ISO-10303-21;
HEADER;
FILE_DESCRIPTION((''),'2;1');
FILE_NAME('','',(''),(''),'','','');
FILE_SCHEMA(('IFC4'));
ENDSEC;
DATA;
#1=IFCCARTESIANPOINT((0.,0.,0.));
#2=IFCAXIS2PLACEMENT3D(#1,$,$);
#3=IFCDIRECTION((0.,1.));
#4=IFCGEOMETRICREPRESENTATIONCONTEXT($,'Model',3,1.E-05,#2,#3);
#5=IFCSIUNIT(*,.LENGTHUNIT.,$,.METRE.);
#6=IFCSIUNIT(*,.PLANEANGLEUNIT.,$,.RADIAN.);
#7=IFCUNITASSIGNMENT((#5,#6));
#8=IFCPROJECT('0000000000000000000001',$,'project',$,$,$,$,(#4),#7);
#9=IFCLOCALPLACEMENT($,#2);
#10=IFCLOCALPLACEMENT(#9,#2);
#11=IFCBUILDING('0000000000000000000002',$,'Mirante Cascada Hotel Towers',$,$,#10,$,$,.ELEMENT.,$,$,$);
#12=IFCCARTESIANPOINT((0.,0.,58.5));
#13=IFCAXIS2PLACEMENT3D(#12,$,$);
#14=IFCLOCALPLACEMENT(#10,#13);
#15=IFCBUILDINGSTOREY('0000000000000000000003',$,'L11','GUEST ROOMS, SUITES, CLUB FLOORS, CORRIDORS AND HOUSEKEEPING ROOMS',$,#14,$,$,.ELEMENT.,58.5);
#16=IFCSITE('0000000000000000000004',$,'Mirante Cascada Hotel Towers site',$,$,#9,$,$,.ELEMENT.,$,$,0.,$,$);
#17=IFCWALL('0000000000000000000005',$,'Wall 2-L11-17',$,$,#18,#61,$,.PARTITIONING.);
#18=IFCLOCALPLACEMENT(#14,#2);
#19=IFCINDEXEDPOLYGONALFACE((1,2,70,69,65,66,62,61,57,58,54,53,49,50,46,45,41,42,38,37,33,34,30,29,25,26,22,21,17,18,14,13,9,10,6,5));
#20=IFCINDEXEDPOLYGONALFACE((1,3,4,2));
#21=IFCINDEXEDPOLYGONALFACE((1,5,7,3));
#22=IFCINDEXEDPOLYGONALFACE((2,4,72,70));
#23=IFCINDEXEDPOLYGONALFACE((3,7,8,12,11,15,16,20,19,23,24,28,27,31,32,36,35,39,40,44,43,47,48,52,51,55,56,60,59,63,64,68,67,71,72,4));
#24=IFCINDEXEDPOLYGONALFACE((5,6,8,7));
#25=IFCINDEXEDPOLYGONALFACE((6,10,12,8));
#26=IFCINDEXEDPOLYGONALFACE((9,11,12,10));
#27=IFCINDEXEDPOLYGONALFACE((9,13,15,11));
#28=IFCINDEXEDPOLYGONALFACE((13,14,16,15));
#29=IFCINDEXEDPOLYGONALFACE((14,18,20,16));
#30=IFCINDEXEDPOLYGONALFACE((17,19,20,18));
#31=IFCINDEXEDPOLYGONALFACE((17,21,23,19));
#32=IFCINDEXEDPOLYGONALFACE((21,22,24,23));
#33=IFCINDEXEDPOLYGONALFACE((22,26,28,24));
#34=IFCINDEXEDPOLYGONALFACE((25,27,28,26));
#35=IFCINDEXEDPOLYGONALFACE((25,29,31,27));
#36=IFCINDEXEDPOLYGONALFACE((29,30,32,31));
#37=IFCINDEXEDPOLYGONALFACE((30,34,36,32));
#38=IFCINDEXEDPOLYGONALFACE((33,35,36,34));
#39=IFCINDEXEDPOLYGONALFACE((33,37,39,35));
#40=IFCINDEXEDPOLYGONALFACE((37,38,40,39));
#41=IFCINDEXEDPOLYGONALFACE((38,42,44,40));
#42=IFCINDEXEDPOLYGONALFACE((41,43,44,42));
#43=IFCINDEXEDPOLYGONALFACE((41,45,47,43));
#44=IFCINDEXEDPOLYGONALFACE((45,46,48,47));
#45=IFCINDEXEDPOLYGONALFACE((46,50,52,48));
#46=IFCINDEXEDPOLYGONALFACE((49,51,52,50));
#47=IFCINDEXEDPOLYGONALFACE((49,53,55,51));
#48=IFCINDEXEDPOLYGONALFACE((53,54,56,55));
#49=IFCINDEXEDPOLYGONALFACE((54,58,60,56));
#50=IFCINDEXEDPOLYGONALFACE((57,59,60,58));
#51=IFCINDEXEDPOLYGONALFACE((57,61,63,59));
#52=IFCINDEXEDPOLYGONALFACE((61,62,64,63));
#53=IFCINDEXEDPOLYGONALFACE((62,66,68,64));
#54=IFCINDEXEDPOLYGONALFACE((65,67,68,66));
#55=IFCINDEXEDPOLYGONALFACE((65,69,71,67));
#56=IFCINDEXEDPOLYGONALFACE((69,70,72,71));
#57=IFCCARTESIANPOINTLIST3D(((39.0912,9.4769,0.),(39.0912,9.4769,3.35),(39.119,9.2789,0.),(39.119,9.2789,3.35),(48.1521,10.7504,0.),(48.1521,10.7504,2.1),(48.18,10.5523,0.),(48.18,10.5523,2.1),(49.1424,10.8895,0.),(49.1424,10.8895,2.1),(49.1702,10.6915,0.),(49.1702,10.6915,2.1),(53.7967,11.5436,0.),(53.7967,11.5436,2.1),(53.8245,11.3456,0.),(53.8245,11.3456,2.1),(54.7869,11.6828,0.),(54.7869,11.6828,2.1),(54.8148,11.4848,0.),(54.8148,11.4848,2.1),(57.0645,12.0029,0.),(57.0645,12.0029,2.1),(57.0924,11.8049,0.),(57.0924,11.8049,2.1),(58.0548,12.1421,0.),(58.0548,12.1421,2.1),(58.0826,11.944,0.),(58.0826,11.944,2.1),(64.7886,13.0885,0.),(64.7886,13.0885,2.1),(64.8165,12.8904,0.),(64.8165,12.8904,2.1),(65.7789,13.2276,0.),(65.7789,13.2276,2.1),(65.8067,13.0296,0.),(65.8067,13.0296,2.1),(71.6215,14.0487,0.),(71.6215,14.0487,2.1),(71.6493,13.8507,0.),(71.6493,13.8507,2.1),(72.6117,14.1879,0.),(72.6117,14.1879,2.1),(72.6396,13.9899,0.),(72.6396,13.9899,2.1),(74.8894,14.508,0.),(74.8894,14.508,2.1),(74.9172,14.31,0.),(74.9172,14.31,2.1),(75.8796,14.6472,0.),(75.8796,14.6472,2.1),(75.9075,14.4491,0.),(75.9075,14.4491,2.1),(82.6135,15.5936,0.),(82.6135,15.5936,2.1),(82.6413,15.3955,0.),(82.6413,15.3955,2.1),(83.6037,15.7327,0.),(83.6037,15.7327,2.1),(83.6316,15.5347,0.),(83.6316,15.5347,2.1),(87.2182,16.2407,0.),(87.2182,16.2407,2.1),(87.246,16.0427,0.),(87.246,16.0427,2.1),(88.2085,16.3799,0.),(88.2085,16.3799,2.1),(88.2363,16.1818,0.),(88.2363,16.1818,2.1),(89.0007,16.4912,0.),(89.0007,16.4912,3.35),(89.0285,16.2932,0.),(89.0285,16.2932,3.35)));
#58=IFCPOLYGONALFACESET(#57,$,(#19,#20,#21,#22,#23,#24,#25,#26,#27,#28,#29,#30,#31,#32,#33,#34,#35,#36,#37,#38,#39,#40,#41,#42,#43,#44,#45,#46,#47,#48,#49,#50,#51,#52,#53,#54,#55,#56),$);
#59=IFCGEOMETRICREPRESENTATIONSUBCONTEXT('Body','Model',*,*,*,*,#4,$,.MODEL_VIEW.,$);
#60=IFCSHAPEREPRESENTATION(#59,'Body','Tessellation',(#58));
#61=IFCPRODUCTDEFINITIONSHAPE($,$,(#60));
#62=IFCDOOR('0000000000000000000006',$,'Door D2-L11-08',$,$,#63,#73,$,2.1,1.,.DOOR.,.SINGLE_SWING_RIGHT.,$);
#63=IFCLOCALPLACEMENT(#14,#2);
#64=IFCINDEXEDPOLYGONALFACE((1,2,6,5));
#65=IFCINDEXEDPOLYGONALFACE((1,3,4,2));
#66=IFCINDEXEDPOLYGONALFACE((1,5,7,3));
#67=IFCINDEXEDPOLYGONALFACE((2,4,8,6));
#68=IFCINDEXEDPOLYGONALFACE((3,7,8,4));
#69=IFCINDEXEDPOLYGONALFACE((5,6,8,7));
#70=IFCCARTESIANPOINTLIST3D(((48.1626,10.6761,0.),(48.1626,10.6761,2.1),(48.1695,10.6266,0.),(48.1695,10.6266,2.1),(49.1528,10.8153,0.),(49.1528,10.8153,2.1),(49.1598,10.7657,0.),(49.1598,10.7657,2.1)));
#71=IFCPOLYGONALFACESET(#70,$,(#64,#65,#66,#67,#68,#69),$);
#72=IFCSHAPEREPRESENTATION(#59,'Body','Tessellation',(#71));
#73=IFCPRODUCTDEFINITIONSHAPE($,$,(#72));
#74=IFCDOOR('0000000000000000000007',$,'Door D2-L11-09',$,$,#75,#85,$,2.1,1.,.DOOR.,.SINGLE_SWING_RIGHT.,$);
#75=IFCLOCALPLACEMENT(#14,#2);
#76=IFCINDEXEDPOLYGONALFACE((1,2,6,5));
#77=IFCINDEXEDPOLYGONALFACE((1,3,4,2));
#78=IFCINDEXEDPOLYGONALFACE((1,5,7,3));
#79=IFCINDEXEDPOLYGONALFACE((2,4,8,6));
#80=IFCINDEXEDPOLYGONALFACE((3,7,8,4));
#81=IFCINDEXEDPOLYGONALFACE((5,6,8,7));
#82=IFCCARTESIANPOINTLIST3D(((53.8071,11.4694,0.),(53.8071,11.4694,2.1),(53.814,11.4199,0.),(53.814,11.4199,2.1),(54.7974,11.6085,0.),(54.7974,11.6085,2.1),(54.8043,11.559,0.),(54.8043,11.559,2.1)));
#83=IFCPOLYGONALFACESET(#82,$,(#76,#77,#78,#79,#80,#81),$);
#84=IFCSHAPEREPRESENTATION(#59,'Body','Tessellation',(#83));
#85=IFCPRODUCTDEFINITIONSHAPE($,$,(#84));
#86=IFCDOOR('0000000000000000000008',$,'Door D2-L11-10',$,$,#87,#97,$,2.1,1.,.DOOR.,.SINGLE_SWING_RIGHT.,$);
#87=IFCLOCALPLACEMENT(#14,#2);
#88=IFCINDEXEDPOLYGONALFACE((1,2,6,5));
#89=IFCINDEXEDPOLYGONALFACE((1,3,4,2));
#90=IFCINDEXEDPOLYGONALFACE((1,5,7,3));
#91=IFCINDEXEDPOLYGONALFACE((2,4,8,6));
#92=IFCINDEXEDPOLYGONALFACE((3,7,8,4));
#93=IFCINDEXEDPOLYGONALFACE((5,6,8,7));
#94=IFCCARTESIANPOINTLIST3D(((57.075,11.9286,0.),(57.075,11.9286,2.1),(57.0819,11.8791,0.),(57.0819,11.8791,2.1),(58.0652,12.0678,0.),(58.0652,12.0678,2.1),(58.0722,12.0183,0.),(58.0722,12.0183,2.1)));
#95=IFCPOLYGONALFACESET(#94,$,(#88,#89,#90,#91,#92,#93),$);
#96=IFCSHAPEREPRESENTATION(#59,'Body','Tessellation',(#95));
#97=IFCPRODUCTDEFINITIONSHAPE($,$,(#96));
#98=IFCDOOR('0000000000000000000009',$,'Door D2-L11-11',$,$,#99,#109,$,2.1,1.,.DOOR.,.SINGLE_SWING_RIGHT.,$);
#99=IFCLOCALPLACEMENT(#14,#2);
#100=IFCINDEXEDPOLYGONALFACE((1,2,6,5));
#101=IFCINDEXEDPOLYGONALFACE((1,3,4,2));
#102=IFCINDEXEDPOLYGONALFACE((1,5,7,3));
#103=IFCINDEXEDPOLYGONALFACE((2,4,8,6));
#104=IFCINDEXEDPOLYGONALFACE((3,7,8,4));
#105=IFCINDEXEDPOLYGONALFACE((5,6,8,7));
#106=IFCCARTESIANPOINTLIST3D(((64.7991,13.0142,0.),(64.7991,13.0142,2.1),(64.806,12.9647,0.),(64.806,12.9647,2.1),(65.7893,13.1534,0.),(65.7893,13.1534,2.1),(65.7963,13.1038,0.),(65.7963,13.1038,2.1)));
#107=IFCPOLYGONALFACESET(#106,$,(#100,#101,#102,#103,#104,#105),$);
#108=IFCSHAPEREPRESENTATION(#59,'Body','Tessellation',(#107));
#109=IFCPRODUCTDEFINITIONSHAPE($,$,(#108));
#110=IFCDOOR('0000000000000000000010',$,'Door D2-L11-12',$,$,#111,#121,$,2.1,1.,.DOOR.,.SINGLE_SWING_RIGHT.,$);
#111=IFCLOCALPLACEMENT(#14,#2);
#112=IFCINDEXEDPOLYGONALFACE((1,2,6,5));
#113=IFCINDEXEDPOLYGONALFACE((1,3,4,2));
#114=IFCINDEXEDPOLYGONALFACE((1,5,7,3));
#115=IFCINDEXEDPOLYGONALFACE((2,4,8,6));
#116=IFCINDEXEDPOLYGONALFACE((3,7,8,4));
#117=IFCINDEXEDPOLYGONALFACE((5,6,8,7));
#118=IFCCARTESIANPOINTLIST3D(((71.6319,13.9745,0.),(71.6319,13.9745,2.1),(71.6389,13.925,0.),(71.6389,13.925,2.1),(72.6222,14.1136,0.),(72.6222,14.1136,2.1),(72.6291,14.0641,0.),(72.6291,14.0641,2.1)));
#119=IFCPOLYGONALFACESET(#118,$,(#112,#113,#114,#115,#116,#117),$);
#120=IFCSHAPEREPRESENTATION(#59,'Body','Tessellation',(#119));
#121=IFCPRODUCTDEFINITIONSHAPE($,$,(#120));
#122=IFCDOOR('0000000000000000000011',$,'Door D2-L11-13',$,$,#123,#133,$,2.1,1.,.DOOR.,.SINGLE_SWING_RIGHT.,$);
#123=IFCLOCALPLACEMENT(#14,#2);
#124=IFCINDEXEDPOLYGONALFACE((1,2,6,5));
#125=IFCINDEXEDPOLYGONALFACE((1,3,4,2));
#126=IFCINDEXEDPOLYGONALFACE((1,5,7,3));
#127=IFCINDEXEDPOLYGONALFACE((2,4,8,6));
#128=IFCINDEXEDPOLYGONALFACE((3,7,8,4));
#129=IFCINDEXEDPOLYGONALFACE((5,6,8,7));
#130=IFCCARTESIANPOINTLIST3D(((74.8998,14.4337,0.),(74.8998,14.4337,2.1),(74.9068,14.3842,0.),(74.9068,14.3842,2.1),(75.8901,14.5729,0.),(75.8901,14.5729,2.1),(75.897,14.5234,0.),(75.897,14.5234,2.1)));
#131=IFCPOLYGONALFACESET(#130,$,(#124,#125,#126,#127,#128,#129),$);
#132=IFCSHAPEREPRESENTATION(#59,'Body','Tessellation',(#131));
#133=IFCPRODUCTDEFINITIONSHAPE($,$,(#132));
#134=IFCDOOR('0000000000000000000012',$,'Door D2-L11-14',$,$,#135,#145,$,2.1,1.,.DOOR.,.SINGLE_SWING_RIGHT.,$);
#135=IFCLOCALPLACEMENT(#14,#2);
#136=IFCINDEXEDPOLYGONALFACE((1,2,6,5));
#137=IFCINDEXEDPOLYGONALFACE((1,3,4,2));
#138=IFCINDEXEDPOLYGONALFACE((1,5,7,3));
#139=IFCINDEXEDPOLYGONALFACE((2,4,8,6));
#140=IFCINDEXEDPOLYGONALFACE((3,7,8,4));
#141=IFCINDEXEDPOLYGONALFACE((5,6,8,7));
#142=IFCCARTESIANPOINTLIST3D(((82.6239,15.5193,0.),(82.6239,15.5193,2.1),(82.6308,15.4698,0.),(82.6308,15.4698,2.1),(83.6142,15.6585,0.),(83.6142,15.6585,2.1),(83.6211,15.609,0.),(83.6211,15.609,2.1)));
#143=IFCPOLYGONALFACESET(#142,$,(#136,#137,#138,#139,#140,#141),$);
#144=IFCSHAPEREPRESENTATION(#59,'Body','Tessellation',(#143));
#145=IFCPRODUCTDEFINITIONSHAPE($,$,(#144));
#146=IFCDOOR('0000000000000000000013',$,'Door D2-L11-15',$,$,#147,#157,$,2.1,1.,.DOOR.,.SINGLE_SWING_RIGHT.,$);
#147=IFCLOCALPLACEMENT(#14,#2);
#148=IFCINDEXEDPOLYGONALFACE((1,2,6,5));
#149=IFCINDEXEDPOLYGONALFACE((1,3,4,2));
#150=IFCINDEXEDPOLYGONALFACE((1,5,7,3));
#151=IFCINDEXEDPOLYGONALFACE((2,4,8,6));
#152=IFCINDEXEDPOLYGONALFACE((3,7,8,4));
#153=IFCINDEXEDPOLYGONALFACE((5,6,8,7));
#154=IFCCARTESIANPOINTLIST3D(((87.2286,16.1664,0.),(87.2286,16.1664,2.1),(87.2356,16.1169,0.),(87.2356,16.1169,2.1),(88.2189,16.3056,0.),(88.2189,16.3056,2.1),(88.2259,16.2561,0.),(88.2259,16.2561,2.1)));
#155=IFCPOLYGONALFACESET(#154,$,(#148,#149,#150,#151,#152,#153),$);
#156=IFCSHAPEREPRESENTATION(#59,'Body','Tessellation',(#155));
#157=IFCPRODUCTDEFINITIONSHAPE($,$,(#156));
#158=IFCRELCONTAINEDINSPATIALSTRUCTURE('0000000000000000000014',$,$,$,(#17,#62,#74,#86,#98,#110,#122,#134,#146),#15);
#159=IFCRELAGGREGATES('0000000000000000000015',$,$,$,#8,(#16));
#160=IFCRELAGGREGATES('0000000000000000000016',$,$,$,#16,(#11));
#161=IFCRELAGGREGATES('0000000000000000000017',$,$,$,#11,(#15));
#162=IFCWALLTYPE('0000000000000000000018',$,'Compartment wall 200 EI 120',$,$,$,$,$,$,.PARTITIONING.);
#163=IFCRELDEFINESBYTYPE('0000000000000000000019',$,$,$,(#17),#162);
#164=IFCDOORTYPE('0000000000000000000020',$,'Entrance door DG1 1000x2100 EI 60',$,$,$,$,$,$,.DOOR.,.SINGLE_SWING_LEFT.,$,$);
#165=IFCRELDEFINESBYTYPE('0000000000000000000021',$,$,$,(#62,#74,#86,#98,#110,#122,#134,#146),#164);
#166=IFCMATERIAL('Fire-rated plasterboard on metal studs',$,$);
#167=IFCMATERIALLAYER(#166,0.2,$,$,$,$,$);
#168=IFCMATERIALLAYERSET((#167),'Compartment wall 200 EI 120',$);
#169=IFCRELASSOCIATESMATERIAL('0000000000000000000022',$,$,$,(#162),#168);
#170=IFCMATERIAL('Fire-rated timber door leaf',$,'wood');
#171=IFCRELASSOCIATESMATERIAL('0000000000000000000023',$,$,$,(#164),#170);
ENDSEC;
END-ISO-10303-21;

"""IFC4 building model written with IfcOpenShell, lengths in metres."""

from ifc_helpers import new_model, si_unit, direction, frame, frame_2d, origin, place, context, subcontext, project, spatial, rectangle, extrude, material, layer, layer_set, type_object, element, fill, save


model = new_model("IFC4")

# Units and contexts
model_context = context("Model", 3, precision=1e-05, world=origin(), true_north=direction((0.0, 1.0)))
body_context = subcontext(model_context, "Body", "Model", "MODEL_VIEW")
ifc_project = project(units=[si_unit("LENGTHUNIT", "METRE"), si_unit("PLANEANGLEUNIT", "RADIAN")], contexts=[model_context])

# Site, building, storey
site_placement = place(None, origin())
site = spatial("IfcSite", under=ifc_project, at=site_placement, Name="Mirante Cascada Hotel Towers site", CompositionType="ELEMENT", RefElevation=0.0)
building_placement = place(site_placement, origin())
building = spatial("IfcBuilding", under=site, at=building_placement, Name="Mirante Cascada Hotel Towers", CompositionType="ELEMENT")
storey_placement = place(building_placement, frame((0.0, 0.0, 58.5)))
storey = spatial("IfcBuildingStorey", under=building, at=storey_placement, Name="L11", Description="GUEST ROOMS, SUITES, CLUB FLOORS, CORRIDORS AND HOUSEKEEPING ROOMS", CompositionType="ELEMENT", Elevation=58.5)

# Shared definitions
ifc_material_1 = material(Name="Fire-rated plasterboard on metal studs")
ifc_layer_1 = layer(ifc_material_1, 0.2)
ifc_layer_set_1 = layer_set([ifc_layer_1], Name="Compartment wall 200 EI 120")
wall_type_1 = type_object("IfcWallType", Name="Compartment wall 200 EI 120", PredefinedType="PARTITIONING", material=ifc_layer_set_1)

# Wall, openings, doors
wall_1_placement = place(storey_placement, frame((89.0146, 16.3922, 0.0), z_axis=(0.0, 0.0, 1.0), x_axis=(-0.990268, -0.139173, 0.0)))
wall_1 = element("IfcWall", 1, at=wall_1_placement, inside=storey, type_object=wall_type_1, Name="Wall 2-L11-17", PredefinedType="PARTITIONING", context=body_context, shape_type="SweptSolid", body=[
    extrude(rectangle(XDim=50.4, YDim=0.2, at=frame_2d((25.2, 0.0))), origin(), (0.0, 0.0, 1.0), 3.35),
])
opening_1_placement = place(wall_1_placement, frame((40.25, 0.0, 0.0)))
opening_1 = element("IfcOpeningElement", 2, at=opening_1_placement, cuts=wall_1, PredefinedType="OPENING", context=body_context, shape_type="SweptSolid", body=[
    extrude(rectangle(XDim=1.0, YDim=2.1, at=frame_2d((0.5, 1.05))), frame((0.0, 0.1, 0.0), z_axis=(0.0, -1.0, 0.0), x_axis=(1.0, 0.0, 0.0)), (0.0, 0.0, 1.0), 0.2),
])
opening_2_placement = place(wall_1_placement, frame((34.55, 0.0, 0.0)))
opening_2 = element("IfcOpeningElement", 3, at=opening_2_placement, cuts=wall_1, PredefinedType="OPENING", context=body_context, shape_type="SweptSolid", body=[
    extrude(rectangle(XDim=1.0, YDim=2.1, at=frame_2d((0.5, 1.05))), frame((0.0, 0.1, 0.0), z_axis=(0.0, -1.0, 0.0), x_axis=(1.0, 0.0, 0.0)), (0.0, 0.0, 1.0), 0.2),
])
opening_3_placement = place(wall_1_placement, frame((31.25, 0.0, 0.0)))
opening_3 = element("IfcOpeningElement", 4, at=opening_3_placement, cuts=wall_1, PredefinedType="OPENING", context=body_context, shape_type="SweptSolid", body=[
    extrude(rectangle(XDim=1.0, YDim=2.1, at=frame_2d((0.5, 1.05))), frame((0.0, 0.1, 0.0), z_axis=(0.0, -1.0, 0.0), x_axis=(1.0, 0.0, 0.0)), (0.0, 0.0, 1.0), 0.2),
])
opening_4_placement = place(wall_1_placement, frame((23.45, 0.0, 0.0)))
opening_4 = element("IfcOpeningElement", 5, at=opening_4_placement, cuts=wall_1, PredefinedType="OPENING", context=body_context, shape_type="SweptSolid", body=[
    extrude(rectangle(XDim=1.0, YDim=2.1, at=frame_2d((0.5, 1.05))), frame((0.0, 0.1, 0.0), z_axis=(0.0, -1.0, 0.0), x_axis=(1.0, 0.0, 0.0)), (0.0, 0.0, 1.0), 0.2),
])
opening_5_placement = place(wall_1_placement, frame((16.55, 0.0, 0.0)))
opening_5 = element("IfcOpeningElement", 6, at=opening_5_placement, cuts=wall_1, PredefinedType="OPENING", context=body_context, shape_type="SweptSolid", body=[
    extrude(rectangle(XDim=1.0, YDim=2.1, at=frame_2d((0.5, 1.05))), frame((0.0, 0.1, 0.0), z_axis=(0.0, -1.0, 0.0), x_axis=(1.0, 0.0, 0.0)), (0.0, 0.0, 1.0), 0.2),
])
opening_6_placement = place(wall_1_placement, frame((13.25, 0.0, 0.0)))
opening_6 = element("IfcOpeningElement", 7, at=opening_6_placement, cuts=wall_1, PredefinedType="OPENING", context=body_context, shape_type="SweptSolid", body=[
    extrude(rectangle(XDim=1.0, YDim=2.1, at=frame_2d((0.5, 1.05))), frame((0.0, 0.1, 0.0), z_axis=(0.0, -1.0, 0.0), x_axis=(1.0, 0.0, 0.0)), (0.0, 0.0, 1.0), 0.2),
])
opening_7_placement = place(wall_1_placement, frame((5.45, 0.0, 0.0)))
opening_7 = element("IfcOpeningElement", 8, at=opening_7_placement, cuts=wall_1, PredefinedType="OPENING", context=body_context, shape_type="SweptSolid", body=[
    extrude(rectangle(XDim=1.0, YDim=2.1, at=frame_2d((0.5, 1.05))), frame((0.0, 0.1, 0.0), z_axis=(0.0, -1.0, 0.0), x_axis=(1.0, 0.0, 0.0)), (0.0, 0.0, 1.0), 0.2),
])
opening_8_placement = place(wall_1_placement, frame((0.8, 0.0, 0.0)))
opening_8 = element("IfcOpeningElement", 9, at=opening_8_placement, cuts=wall_1, PredefinedType="OPENING", context=body_context, shape_type="SweptSolid", body=[
    extrude(rectangle(XDim=1.0, YDim=2.1, at=frame_2d((0.5, 1.05))), frame((0.0, 0.1, 0.0), z_axis=(0.0, -1.0, 0.0), x_axis=(1.0, 0.0, 0.0)), (0.0, 0.0, 1.0), 0.2),
])
ifc_material_2 = material(Name="Fire-rated timber door leaf", Category="wood")
door_type_1 = type_object("IfcDoorType", Name="Entrance door DG1 1000x2100 EI 60", OperationType="SINGLE_SWING_LEFT", PredefinedType="DOOR", material=ifc_material_2)
door_1_placement = place(opening_1_placement, frame((1.0, 0.0, 0.0), z_axis=(0.0, 0.0, 1.0), x_axis=(-1.0, 0.0, 0.0)))
door_1 = element("IfcDoor", 10, at=door_1_placement, inside=storey, type_object=door_type_1, Name="Door D2-L11-08", OperationType="SINGLE_SWING_RIGHT", OverallHeight=2.1, OverallWidth=1.0, PredefinedType="DOOR", context=body_context, shape_type="SweptSolid", body=[
    extrude(rectangle(XDim=1.0, YDim=2.1, at=frame_2d((0.5, 1.05))), frame((0.0, 0.025, 0.0), z_axis=(0.0, -1.0, 0.0), x_axis=(1.0, 0.0, 0.0)), (0.0, 0.0, 1.0), 0.05),
])
fill(opening_1, door_1)
door_2_placement = place(opening_2_placement, frame((1.0, 0.0, 0.0), z_axis=(0.0, 0.0, 1.0), x_axis=(-1.0, 0.0, 0.0)))
door_2 = element("IfcDoor", 11, at=door_2_placement, inside=storey, type_object=door_type_1, Name="Door D2-L11-09", OperationType="SINGLE_SWING_RIGHT", OverallHeight=2.1, OverallWidth=1.0, PredefinedType="DOOR", context=body_context, shape_type="SweptSolid", body=[
    extrude(rectangle(XDim=1.0, YDim=2.1, at=frame_2d((0.5, 1.05))), frame((0.0, 0.025, 0.0), z_axis=(0.0, -1.0, 0.0), x_axis=(1.0, 0.0, 0.0)), (0.0, 0.0, 1.0), 0.05),
])
fill(opening_2, door_2)
door_3_placement = place(opening_3_placement, frame((1.0, 0.0, 0.0), z_axis=(0.0, 0.0, 1.0), x_axis=(-1.0, 0.0, 0.0)))
door_3 = element("IfcDoor", 12, at=door_3_placement, inside=storey, type_object=door_type_1, Name="Door D2-L11-10", OperationType="SINGLE_SWING_RIGHT", OverallHeight=2.1, OverallWidth=1.0, PredefinedType="DOOR", context=body_context, shape_type="SweptSolid", body=[
    extrude(rectangle(XDim=1.0, YDim=2.1, at=frame_2d((0.5, 1.05))), frame((0.0, 0.025, 0.0), z_axis=(0.0, -1.0, 0.0), x_axis=(1.0, 0.0, 0.0)), (0.0, 0.0, 1.0), 0.05),
])
fill(opening_3, door_3)
door_4_placement = place(opening_4_placement, frame((1.0, 0.0, 0.0), z_axis=(0.0, 0.0, 1.0), x_axis=(-1.0, 0.0, 0.0)))
door_4 = element("IfcDoor", 13, at=door_4_placement, inside=storey, type_object=door_type_1, Name="Door D2-L11-11", OperationType="SINGLE_SWING_RIGHT", OverallHeight=2.1, OverallWidth=1.0, PredefinedType="DOOR", context=body_context, shape_type="SweptSolid", body=[
    extrude(rectangle(XDim=1.0, YDim=2.1, at=frame_2d((0.5, 1.05))), frame((0.0, 0.025, 0.0), z_axis=(0.0, -1.0, 0.0), x_axis=(1.0, 0.0, 0.0)), (0.0, 0.0, 1.0), 0.05),
])
fill(opening_4, door_4)
door_5_placement = place(opening_5_placement, frame((1.0, 0.0, 0.0), z_axis=(0.0, 0.0, 1.0), x_axis=(-1.0, 0.0, 0.0)))
door_5 = element("IfcDoor", 14, at=door_5_placement, inside=storey, type_object=door_type_1, Name="Door D2-L11-12", OperationType="SINGLE_SWING_RIGHT", OverallHeight=2.1, OverallWidth=1.0, PredefinedType="DOOR", context=body_context, shape_type="SweptSolid", body=[
    extrude(rectangle(XDim=1.0, YDim=2.1, at=frame_2d((0.5, 1.05))), frame((0.0, 0.025, 0.0), z_axis=(0.0, -1.0, 0.0), x_axis=(1.0, 0.0, 0.0)), (0.0, 0.0, 1.0), 0.05),
])
fill(opening_5, door_5)
door_6_placement = place(opening_6_placement, frame((1.0, 0.0, 0.0), z_axis=(0.0, 0.0, 1.0), x_axis=(-1.0, 0.0, 0.0)))
door_6 = element("IfcDoor", 15, at=door_6_placement, inside=storey, type_object=door_type_1, Name="Door D2-L11-13", OperationType="SINGLE_SWING_RIGHT", OverallHeight=2.1, OverallWidth=1.0, PredefinedType="DOOR", context=body_context, shape_type="SweptSolid", body=[
    extrude(rectangle(XDim=1.0, YDim=2.1, at=frame_2d((0.5, 1.05))), frame((0.0, 0.025, 0.0), z_axis=(0.0, -1.0, 0.0), x_axis=(1.0, 0.0, 0.0)), (0.0, 0.0, 1.0), 0.05),
])
fill(opening_6, door_6)
door_7_placement = place(opening_7_placement, frame((1.0, 0.0, 0.0), z_axis=(0.0, 0.0, 1.0), x_axis=(-1.0, 0.0, 0.0)))
door_7 = element("IfcDoor", 16, at=door_7_placement, inside=storey, type_object=door_type_1, Name="Door D2-L11-14", OperationType="SINGLE_SWING_RIGHT", OverallHeight=2.1, OverallWidth=1.0, PredefinedType="DOOR", context=body_context, shape_type="SweptSolid", body=[
    extrude(rectangle(XDim=1.0, YDim=2.1, at=frame_2d((0.5, 1.05))), frame((0.0, 0.025, 0.0), z_axis=(0.0, -1.0, 0.0), x_axis=(1.0, 0.0, 0.0)), (0.0, 0.0, 1.0), 0.05),
])
fill(opening_7, door_7)
door_8_placement = place(opening_8_placement, frame((1.0, 0.0, 0.0), z_axis=(0.0, 0.0, 1.0), x_axis=(-1.0, 0.0, 0.0)))
door_8 = element("IfcDoor", 17, at=door_8_placement, inside=storey, type_object=door_type_1, Name="Door D2-L11-15", OperationType="SINGLE_SWING_RIGHT", OverallHeight=2.1, OverallWidth=1.0, PredefinedType="DOOR", context=body_context, shape_type="SweptSolid", body=[
    extrude(rectangle(XDim=1.0, YDim=2.1, at=frame_2d((0.5, 1.05))), frame((0.0, 0.025, 0.0), z_axis=(0.0, -1.0, 0.0), x_axis=(1.0, 0.0, 0.0)), (0.0, 0.0, 1.0), 0.05),
])
fill(opening_8, door_8)

save(model, "model.ifc")
